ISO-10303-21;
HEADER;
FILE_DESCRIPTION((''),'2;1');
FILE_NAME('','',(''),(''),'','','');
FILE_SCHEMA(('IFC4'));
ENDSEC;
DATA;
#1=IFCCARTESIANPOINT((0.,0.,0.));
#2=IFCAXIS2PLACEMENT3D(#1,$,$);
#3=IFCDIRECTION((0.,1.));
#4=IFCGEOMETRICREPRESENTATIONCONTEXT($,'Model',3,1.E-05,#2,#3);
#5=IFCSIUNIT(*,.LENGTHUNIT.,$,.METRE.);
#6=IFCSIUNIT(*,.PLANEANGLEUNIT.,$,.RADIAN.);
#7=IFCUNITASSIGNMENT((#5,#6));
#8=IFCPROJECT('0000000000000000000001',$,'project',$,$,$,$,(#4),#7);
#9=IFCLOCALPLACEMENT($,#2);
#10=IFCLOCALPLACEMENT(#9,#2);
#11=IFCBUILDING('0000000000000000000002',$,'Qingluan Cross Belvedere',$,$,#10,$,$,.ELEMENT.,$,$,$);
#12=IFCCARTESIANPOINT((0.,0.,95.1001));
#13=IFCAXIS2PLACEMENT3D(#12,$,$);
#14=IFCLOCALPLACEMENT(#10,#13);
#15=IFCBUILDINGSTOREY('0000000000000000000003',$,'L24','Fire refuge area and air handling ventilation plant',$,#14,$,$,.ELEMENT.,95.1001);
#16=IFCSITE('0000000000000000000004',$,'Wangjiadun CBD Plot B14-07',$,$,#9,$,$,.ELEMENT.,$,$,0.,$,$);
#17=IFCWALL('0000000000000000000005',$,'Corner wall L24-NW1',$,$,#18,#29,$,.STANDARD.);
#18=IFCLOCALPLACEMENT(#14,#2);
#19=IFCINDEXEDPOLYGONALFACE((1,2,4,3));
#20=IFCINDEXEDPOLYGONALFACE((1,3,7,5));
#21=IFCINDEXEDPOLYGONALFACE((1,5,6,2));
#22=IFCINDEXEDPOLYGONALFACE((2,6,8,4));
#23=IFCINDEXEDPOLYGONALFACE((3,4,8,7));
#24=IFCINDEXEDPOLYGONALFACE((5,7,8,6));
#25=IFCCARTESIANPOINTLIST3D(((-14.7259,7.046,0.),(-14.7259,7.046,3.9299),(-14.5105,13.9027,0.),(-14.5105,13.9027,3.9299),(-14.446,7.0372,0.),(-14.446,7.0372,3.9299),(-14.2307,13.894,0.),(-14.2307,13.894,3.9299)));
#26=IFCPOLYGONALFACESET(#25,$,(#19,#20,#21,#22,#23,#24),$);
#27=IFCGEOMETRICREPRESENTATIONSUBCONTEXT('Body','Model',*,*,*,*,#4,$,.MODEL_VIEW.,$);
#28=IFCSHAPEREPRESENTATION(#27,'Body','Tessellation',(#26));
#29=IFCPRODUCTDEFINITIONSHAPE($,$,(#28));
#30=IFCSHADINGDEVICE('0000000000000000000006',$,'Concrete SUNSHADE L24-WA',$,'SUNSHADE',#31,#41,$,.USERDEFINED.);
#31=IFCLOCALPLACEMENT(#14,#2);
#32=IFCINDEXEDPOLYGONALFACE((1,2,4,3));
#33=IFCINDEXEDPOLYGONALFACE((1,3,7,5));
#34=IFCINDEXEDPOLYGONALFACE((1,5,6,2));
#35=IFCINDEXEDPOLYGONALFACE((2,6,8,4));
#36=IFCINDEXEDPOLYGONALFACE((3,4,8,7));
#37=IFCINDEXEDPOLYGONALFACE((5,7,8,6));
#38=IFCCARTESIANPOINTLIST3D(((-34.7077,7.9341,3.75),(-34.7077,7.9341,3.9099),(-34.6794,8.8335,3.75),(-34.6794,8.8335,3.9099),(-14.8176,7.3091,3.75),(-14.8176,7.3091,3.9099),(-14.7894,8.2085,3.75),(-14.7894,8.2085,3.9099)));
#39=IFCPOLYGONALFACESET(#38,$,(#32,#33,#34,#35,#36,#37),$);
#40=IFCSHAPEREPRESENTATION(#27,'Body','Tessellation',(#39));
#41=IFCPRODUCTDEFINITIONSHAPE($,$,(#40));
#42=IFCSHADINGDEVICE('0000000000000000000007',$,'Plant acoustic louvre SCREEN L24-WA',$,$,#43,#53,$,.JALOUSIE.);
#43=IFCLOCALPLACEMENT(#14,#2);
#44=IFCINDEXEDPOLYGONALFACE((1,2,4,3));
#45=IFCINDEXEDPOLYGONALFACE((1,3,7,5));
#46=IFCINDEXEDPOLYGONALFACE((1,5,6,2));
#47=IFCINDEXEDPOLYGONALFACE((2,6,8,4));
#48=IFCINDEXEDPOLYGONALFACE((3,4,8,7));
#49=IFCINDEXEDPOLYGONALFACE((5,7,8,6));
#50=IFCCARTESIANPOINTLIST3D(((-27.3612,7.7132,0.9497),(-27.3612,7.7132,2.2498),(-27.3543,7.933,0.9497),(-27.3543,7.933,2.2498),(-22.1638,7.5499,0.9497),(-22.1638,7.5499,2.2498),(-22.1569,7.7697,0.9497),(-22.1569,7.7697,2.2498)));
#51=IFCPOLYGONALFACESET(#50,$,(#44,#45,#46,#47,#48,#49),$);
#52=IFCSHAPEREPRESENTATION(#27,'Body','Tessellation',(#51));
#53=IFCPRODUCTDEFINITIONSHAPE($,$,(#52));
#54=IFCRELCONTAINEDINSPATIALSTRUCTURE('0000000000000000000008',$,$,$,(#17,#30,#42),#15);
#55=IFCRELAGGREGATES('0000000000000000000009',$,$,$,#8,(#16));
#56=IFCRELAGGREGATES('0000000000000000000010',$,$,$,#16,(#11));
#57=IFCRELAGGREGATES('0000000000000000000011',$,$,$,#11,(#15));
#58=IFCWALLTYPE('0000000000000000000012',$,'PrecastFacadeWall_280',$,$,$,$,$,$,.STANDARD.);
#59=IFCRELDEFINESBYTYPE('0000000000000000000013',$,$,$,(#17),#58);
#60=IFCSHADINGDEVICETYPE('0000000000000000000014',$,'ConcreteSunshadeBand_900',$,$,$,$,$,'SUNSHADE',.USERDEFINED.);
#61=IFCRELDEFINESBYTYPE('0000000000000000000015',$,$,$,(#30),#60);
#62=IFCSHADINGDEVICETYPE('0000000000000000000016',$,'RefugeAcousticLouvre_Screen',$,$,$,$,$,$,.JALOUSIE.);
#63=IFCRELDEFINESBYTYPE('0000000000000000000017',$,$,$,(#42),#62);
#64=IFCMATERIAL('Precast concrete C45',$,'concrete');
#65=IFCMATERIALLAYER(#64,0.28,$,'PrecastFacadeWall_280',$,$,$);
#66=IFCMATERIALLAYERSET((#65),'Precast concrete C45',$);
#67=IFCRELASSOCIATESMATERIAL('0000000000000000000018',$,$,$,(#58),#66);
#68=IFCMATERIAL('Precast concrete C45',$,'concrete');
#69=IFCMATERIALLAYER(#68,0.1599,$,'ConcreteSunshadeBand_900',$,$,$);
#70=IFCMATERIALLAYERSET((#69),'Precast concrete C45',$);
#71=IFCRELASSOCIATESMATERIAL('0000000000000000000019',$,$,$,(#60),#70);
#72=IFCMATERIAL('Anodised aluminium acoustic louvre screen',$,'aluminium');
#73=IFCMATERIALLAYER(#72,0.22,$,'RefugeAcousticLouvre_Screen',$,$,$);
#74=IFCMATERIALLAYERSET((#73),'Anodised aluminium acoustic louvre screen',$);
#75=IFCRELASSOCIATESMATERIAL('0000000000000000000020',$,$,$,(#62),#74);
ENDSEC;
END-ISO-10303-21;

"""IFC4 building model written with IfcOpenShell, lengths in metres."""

from ifc_helpers import new_model, si_unit, direction, frame, frame_2d, origin, origin_2d, place, context, subcontext, project, spatial, rectangle, extrude, material, layer, layer_set, type_object, element, save


model = new_model("IFC4")

# Units and contexts
model_context = context("Model", 3, precision=1e-05, world=origin(), true_north=direction((0.0, 1.0)))
body_context = subcontext(model_context, "Body", "Model", "MODEL_VIEW")
ifc_project = project(units=[si_unit("LENGTHUNIT", "METRE"), si_unit("PLANEANGLEUNIT", "RADIAN")], contexts=[model_context])

# Site, building, storey
site_placement = place(None, origin())
site = spatial("IfcSite", under=ifc_project, at=site_placement, Name="Wangjiadun CBD Plot B14-07", CompositionType="ELEMENT", RefElevation=0.0)
building_placement = place(site_placement, origin())
building = spatial("IfcBuilding", under=site, at=building_placement, Name="Qingluan Cross Belvedere", CompositionType="ELEMENT")
storey_placement = place(building_placement, frame((0.0, 0.0, 95.1001)))
storey = spatial("IfcBuildingStorey", under=building, at=storey_placement, Name="L24", Description="Fire refuge area and air handling ventilation plant", CompositionType="ELEMENT", Elevation=95.1001)

# Shared definitions
ifc_material_1 = material(Name="Precast concrete C45", Category="concrete")
ifc_layer_1 = layer(ifc_material_1, 0.28, Name="PrecastFacadeWall_280")
ifc_layer_set_1 = layer_set([ifc_layer_1], Name="Precast concrete C45")
wall_type_1 = type_object("IfcWallType", Name="PrecastFacadeWall_280", PredefinedType="STANDARD", material=ifc_layer_set_1)

# Wall
wall_1_placement = place(storey_placement, frame((-14.5859, 7.0415, 0.0), z_axis=(0.0, 0.0, 1.0), x_axis=(0.031389, 0.999507, 0.0)))
element("IfcWall", 1, at=wall_1_placement, inside=storey, type_object=wall_type_1, Name="Corner wall L24-NW1", PredefinedType="STANDARD", context=body_context, shape_type="SweptSolid", body=[
    extrude(rectangle(XDim=6.8601, YDim=0.28, at=frame_2d((3.4302, 0.0))), origin(), (0.0, 0.0, 1.0), 3.9299),
])

# Shading devices
ifc_material_2 = material(Name="Precast concrete C45", Category="concrete")
ifc_layer_2 = layer(ifc_material_2, 0.1599, Name="ConcreteSunshadeBand_900")
ifc_layer_set_2 = layer_set([ifc_layer_2], Name="Precast concrete C45")
shading_device_type_1 = type_object("IfcShadingDeviceType", Name="ConcreteSunshadeBand_900", ElementType="SUNSHADE", PredefinedType="USERDEFINED", material=ifc_layer_set_2)
shading_device_1_placement = place(storey_placement, frame((-24.7485, 8.0713, 3.75), z_axis=(0.0, 0.0, 1.0), x_axis=(-0.999507, 0.031408, 0.0)))
element("IfcShadingDevice", 2, at=shading_device_1_placement, inside=storey, type_object=shading_device_type_1, Name="Concrete SUNSHADE L24-WA", ObjectType="SUNSHADE", PredefinedType="USERDEFINED", context=body_context, shape_type="SweptSolid", body=[
    extrude(rectangle(XDim=19.8999, YDim=0.8999, at=origin_2d()), origin(), (0.0, 0.0, 1.0), 0.1599),
])
ifc_material_3 = material(Name="Anodised aluminium acoustic louvre screen", Category="aluminium")
ifc_layer_3 = layer(ifc_material_3, 0.22, Name="RefugeAcousticLouvre_Screen")
ifc_layer_set_3 = layer_set([ifc_layer_3], Name="Anodised aluminium acoustic louvre screen")
shading_device_type_2 = type_object("IfcShadingDeviceType", Name="RefugeAcousticLouvre_Screen", PredefinedType="JALOUSIE", material=ifc_layer_set_3)
shading_device_2_placement = place(storey_placement, frame((-24.759, 7.7415, 0.9497), z_axis=(0.0, 0.0, 1.0), x_axis=(-0.999507, 0.031408, 0.0)))
element("IfcShadingDevice", 3, at=shading_device_2_placement, inside=storey, type_object=shading_device_type_2, Name="Plant acoustic louvre SCREEN L24-WA", PredefinedType="JALOUSIE", context=body_context, shape_type="SweptSolid", body=[
    extrude(rectangle(XDim=5.2, YDim=0.22, at=origin_2d()), origin(), (0.0, 0.0, 1.0), 1.3),
])

save(model, "model.ifc")
